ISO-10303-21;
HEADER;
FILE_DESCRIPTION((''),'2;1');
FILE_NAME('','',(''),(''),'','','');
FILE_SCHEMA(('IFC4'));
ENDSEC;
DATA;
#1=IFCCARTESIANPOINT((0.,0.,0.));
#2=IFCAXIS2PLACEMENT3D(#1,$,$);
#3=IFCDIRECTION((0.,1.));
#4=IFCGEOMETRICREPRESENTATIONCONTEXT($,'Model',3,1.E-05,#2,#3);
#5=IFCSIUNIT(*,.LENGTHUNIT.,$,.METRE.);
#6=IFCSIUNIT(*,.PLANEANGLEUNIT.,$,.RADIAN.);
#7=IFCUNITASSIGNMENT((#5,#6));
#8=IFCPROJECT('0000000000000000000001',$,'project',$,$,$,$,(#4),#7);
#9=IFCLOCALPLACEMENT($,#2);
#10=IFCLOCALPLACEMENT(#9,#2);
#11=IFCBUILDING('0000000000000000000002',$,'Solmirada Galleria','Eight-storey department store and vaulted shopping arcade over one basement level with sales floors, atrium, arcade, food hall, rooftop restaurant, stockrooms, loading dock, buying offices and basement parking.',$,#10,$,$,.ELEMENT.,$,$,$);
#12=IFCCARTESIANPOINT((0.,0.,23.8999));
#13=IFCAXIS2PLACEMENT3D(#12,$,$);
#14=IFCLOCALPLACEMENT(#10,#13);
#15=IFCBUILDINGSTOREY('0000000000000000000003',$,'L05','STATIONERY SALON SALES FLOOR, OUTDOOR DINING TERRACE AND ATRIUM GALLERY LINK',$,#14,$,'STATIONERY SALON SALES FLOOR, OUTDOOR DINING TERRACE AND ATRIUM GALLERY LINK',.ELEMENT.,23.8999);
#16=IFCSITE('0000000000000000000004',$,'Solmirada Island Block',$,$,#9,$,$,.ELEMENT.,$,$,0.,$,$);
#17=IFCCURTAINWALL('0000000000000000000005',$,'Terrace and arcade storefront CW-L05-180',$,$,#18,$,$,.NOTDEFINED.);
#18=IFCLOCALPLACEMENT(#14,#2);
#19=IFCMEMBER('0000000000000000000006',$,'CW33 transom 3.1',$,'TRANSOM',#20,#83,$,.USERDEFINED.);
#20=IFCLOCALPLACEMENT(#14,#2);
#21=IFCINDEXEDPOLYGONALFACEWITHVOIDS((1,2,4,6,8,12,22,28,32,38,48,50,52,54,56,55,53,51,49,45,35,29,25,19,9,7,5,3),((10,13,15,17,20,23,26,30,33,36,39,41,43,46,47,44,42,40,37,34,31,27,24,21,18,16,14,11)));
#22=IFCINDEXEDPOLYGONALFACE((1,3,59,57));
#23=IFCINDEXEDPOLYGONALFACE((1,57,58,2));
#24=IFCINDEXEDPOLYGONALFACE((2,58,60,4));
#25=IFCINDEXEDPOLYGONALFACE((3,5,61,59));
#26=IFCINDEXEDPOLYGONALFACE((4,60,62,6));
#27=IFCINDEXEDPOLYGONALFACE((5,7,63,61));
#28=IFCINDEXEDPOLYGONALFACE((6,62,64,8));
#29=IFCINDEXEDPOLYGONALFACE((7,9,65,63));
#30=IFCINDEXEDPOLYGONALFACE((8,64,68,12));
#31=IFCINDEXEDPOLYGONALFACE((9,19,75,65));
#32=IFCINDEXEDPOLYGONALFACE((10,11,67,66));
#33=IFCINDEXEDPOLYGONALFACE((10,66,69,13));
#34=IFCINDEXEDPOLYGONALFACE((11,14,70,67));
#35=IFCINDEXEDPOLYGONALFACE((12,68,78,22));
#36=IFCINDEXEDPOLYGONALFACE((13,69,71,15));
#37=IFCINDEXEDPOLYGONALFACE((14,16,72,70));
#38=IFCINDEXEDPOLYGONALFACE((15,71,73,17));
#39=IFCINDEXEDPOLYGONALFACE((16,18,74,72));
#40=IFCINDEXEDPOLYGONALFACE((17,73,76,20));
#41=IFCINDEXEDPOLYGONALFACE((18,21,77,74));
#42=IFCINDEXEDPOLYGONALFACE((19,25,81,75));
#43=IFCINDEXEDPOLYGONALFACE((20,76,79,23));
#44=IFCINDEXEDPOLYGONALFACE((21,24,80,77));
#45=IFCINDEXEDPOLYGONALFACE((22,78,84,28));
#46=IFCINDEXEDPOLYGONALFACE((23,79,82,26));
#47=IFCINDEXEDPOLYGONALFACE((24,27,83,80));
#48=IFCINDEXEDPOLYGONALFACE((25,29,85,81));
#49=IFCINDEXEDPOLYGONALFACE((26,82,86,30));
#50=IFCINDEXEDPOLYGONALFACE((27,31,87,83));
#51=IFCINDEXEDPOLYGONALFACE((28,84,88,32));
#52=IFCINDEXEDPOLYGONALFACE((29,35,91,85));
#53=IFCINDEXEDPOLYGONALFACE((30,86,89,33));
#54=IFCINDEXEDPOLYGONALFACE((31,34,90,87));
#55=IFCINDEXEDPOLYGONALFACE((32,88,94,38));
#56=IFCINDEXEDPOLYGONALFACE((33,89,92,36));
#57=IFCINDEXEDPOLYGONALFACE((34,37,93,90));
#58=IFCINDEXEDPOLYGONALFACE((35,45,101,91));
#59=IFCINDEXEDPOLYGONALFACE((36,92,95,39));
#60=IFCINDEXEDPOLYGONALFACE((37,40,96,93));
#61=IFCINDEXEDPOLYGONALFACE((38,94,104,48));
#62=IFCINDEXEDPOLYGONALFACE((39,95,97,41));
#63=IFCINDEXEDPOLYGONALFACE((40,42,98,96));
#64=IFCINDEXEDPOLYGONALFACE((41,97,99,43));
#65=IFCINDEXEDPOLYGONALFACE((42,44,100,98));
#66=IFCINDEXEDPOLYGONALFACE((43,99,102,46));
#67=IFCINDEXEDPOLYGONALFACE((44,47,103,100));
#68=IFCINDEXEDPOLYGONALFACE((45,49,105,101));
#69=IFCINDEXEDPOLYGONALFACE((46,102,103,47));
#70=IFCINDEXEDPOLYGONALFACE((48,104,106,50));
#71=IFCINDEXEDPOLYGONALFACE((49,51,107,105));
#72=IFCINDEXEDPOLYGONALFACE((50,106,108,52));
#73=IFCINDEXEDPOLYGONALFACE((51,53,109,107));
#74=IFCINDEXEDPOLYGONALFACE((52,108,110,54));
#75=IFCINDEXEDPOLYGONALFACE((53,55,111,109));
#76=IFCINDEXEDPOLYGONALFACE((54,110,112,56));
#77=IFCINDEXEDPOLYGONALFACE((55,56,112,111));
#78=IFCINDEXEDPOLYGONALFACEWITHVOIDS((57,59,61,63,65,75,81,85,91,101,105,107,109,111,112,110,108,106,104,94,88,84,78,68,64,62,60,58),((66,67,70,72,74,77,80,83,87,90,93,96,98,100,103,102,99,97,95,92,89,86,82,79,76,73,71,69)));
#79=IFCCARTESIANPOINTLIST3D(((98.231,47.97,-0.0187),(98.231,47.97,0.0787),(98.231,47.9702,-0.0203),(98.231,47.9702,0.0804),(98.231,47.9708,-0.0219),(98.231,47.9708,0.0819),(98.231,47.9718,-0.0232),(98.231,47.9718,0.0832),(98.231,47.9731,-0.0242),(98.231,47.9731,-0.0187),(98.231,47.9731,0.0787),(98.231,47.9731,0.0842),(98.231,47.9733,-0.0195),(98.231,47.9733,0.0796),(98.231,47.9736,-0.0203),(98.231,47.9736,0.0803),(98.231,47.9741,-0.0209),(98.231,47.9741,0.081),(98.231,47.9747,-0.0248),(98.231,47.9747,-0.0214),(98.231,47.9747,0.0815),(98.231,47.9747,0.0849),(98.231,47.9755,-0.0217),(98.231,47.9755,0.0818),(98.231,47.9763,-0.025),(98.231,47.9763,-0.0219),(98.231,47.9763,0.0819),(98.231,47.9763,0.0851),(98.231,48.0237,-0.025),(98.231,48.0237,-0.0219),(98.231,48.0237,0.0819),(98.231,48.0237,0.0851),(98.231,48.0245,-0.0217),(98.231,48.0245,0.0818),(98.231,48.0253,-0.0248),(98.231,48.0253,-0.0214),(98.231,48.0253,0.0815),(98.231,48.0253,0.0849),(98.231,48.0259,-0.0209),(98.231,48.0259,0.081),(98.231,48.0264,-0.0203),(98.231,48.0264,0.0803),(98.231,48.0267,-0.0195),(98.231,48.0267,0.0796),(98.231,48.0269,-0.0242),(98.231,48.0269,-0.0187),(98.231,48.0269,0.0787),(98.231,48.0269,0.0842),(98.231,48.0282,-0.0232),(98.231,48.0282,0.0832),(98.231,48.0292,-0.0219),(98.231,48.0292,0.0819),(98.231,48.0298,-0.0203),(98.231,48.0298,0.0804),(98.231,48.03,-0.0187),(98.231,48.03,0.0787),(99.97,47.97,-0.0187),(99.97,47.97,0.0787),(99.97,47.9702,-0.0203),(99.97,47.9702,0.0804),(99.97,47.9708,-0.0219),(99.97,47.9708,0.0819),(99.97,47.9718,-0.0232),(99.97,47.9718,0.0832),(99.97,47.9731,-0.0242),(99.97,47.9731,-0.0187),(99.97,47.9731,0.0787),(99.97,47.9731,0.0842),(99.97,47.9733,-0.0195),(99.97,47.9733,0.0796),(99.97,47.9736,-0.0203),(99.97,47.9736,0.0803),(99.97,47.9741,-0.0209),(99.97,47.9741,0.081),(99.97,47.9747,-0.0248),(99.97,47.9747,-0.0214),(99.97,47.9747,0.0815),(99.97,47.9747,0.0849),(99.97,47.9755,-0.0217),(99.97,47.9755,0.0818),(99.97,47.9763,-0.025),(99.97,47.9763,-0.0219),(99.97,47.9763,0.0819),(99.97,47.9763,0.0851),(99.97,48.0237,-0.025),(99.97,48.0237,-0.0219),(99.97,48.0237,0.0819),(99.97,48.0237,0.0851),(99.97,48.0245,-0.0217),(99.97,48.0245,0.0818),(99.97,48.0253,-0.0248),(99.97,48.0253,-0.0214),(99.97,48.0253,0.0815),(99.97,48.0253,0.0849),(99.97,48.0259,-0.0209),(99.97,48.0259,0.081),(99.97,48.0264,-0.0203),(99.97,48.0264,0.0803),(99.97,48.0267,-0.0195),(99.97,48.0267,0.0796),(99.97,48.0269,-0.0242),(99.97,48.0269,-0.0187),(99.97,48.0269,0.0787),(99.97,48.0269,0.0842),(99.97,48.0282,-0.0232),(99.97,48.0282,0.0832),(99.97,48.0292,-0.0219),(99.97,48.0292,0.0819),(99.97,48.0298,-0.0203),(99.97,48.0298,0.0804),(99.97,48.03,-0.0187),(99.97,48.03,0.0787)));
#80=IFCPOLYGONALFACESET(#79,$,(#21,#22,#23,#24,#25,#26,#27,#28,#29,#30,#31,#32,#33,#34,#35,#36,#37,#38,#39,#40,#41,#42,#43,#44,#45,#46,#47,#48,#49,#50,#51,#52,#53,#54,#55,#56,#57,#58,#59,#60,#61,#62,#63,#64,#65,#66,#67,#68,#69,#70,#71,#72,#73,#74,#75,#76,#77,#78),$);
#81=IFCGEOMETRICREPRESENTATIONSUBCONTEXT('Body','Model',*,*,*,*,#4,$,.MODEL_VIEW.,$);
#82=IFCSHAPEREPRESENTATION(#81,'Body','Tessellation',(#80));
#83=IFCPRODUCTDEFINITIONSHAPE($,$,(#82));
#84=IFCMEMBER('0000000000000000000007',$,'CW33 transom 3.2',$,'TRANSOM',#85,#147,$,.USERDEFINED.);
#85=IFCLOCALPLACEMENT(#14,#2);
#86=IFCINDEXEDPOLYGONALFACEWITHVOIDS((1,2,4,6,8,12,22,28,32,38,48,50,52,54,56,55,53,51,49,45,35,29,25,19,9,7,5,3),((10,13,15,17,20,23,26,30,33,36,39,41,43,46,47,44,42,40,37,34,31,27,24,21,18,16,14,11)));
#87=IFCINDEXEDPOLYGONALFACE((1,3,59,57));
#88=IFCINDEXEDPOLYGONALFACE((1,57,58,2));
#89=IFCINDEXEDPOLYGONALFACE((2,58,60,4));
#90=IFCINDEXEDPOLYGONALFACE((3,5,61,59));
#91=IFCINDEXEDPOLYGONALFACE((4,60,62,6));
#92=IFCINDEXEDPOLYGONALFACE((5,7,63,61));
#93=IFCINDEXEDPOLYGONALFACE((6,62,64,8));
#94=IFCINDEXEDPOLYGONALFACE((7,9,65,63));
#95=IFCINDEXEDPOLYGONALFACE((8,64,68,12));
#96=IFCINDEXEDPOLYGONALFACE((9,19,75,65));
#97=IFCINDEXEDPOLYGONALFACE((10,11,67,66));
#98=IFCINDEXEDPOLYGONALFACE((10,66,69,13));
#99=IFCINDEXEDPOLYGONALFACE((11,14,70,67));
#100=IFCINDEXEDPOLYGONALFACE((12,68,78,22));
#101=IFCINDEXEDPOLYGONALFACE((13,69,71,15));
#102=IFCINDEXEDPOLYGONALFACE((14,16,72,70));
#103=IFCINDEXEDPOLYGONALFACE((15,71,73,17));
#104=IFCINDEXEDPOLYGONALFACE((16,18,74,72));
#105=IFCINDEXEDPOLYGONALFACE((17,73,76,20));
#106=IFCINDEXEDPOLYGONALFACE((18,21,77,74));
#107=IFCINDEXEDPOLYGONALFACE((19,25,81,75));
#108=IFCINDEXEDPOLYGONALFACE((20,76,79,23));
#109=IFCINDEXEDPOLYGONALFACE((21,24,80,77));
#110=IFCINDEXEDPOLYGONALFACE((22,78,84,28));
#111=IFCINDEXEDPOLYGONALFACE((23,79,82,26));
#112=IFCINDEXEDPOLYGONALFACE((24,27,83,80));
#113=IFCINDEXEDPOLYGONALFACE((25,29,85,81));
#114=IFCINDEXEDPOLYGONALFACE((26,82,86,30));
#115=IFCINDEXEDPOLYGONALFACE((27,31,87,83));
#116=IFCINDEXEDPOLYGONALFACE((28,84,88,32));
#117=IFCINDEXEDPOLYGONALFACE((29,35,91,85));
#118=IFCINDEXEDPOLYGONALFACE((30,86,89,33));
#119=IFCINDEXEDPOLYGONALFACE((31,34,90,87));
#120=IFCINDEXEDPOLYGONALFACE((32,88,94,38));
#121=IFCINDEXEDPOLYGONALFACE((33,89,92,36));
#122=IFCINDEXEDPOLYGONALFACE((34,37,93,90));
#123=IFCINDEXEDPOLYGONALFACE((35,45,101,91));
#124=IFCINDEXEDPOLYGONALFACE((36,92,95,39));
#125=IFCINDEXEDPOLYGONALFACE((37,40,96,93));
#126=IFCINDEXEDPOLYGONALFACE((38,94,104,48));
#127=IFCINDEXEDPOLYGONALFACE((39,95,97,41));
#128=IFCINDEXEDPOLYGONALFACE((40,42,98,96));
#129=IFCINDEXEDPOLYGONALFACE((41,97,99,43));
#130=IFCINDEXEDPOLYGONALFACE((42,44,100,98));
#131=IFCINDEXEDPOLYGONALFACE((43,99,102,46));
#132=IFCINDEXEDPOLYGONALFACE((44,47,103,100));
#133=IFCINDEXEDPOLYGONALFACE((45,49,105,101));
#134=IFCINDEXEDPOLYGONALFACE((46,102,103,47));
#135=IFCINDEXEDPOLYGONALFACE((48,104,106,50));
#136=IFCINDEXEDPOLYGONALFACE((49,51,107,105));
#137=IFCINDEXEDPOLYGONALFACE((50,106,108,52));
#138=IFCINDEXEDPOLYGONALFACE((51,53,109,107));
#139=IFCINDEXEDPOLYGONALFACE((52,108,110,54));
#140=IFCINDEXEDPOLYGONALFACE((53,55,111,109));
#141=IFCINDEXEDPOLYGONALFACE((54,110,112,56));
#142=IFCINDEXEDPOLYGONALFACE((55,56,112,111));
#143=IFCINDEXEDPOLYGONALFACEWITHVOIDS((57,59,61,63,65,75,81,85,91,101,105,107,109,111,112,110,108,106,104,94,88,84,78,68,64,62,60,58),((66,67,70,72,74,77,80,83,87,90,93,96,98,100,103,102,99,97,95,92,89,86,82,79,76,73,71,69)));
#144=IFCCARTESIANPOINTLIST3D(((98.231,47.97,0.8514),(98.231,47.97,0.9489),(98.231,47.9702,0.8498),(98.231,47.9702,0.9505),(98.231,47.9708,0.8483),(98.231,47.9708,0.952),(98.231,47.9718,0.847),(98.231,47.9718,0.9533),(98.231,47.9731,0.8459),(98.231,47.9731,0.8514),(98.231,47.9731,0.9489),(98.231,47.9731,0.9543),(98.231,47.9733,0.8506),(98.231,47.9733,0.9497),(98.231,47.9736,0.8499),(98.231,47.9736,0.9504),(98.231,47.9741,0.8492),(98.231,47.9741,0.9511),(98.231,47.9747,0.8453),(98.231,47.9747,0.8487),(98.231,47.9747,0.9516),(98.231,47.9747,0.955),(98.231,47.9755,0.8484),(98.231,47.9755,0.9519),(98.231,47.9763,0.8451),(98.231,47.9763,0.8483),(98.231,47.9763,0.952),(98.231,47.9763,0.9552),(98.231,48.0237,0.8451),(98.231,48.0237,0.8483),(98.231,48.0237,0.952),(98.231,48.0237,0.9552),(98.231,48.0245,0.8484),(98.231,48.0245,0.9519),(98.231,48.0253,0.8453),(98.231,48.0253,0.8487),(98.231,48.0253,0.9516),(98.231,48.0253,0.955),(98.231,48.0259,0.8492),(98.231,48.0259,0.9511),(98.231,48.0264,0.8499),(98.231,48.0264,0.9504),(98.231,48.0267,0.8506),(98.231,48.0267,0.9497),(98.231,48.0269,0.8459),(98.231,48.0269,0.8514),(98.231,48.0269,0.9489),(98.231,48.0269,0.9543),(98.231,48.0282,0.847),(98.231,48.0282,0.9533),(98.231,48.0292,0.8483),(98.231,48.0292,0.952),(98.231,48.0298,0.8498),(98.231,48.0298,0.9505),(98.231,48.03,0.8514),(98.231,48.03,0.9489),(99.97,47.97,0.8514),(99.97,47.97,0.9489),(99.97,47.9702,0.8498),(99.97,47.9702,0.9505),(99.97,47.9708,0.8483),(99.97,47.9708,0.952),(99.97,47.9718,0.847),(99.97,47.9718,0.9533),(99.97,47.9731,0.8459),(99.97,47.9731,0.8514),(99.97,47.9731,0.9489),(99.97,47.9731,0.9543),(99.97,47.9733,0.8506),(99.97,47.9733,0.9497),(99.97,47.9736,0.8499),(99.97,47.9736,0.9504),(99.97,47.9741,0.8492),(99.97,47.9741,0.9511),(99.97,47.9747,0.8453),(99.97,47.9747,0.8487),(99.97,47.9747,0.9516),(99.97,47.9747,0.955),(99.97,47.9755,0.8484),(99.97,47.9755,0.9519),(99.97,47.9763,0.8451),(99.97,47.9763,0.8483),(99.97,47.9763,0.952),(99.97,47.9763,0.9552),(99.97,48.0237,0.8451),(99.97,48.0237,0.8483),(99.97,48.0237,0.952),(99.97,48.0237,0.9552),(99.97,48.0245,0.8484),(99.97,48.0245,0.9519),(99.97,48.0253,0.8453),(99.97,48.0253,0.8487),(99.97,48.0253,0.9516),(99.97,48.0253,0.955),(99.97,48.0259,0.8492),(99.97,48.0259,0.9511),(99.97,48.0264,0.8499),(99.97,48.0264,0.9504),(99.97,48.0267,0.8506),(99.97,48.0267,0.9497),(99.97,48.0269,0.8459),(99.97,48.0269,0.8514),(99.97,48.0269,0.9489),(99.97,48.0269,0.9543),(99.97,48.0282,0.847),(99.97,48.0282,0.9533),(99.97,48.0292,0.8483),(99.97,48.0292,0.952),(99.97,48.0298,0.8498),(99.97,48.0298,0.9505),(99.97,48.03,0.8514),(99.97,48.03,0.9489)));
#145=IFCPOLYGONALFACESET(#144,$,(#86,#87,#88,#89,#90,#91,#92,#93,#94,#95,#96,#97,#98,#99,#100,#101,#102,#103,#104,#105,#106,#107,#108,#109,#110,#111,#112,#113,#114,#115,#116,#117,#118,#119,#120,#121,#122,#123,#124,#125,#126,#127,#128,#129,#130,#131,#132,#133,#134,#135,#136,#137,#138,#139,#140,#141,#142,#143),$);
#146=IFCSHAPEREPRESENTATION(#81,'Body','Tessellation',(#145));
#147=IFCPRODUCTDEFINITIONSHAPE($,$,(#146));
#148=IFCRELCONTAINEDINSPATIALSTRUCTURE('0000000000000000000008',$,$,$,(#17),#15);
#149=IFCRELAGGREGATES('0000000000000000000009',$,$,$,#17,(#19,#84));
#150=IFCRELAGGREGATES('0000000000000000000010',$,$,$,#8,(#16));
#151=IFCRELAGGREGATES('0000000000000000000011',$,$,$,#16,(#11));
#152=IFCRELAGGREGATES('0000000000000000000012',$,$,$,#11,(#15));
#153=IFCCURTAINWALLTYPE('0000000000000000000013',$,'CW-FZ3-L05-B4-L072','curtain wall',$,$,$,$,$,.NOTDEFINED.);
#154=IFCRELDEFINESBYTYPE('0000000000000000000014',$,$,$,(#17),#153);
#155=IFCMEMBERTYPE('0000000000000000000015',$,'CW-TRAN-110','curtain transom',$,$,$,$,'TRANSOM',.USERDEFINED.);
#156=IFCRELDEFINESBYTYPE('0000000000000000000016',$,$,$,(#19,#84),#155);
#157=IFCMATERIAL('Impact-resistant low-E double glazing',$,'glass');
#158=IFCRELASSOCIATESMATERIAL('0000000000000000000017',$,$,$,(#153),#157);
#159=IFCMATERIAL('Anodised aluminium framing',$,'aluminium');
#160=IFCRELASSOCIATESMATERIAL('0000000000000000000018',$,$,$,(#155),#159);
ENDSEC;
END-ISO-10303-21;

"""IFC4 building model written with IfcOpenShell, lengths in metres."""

from ifc_helpers import new_model, si_unit, direction, frame, origin, origin_2d, place, context, subcontext, project, spatial, hollow_rectangle, extrude, material, material_profile, profile_set, type_object, element, aggregate, save


model = new_model("IFC4")

# Units and contexts
model_context = context("Model", 3, precision=1e-05, world=origin(), true_north=direction((0.0, 1.0)))
body_context = subcontext(model_context, "Body", "Model", "MODEL_VIEW")
ifc_project = project(units=[si_unit("LENGTHUNIT", "METRE"), si_unit("PLANEANGLEUNIT", "RADIAN")], contexts=[model_context])

# Site, building, storey
site_placement = place(None, origin())
site = spatial("IfcSite", under=ifc_project, at=site_placement, Name="Solmirada Island Block", CompositionType="ELEMENT", RefElevation=0.0)
building_placement = place(site_placement, origin())
building = spatial("IfcBuilding", under=site, at=building_placement, Name="Solmirada Galleria", Description="Eight-storey department store and vaulted shopping arcade over one basement level with sales floors, atrium, arcade, food hall, rooftop restaurant, stockrooms, loading dock, buying offices and basement parking.", CompositionType="ELEMENT")
storey_placement = place(building_placement, frame((0.0, 0.0, 23.8999)))
storey = spatial("IfcBuildingStorey", under=building, at=storey_placement, Name="L05", Description="STATIONERY SALON SALES FLOOR, OUTDOOR DINING TERRACE AND ATRIUM GALLERY LINK", LongName="STATIONERY SALON SALES FLOOR, OUTDOOR DINING TERRACE AND ATRIUM GALLERY LINK", CompositionType="ELEMENT", Elevation=23.8999)

# Curtain wall, members
ifc_material_1 = material(Name="Impact-resistant low-E double glazing", Category="glass")
curtain_wall_type = type_object("IfcCurtainWallType", Name="CW-FZ3-L05-B4-L072", Description="curtain wall", PredefinedType="NOTDEFINED", material=ifc_material_1)
curtain_wall_placement = place(storey_placement, origin())
curtain_wall = element("IfcCurtainWall", 1, at=curtain_wall_placement, inside=storey, type_object=curtain_wall_type, Name="Terrace and arcade storefront CW-L05-180", PredefinedType="NOTDEFINED")
ifc_material_2 = material(Name="Anodised aluminium framing", Category="aluminium")
ifc_material_profile_1 = material_profile(ifc_material_2, hollow_rectangle(XDim=0.0601, YDim=0.1101, WallThickness=0.0032, InnerFilletRadius=0.0032, OuterFilletRadius=0.0063, at=origin_2d()), Name="ALU-TRAN-110X60")
ifc_profile_set_1 = profile_set([ifc_material_profile_1], Name="Anodised aluminium framing")
member_type_1 = type_object("IfcMemberType", Name="CW-TRAN-110", Description="curtain transom", ElementType="TRANSOM", PredefinedType="USERDEFINED", material=ifc_profile_set_1)
member_1_placement = place(storey_placement, frame((99.97, 48.0, 0.03), z_axis=(-1.0, 0.0, 0.0), x_axis=(0.0, -1.0, 0.0)))
member_1 = element("IfcMember", 2, at=member_1_placement, type_object=member_type_1, Name="CW33 transom 3.1", ObjectType="TRANSOM", PredefinedType="USERDEFINED", context=body_context, shape_type="SweptSolid", body=[
    extrude(hollow_rectangle(XDim=0.0601, YDim=0.1101, WallThickness=0.0032, InnerFilletRadius=0.0032, OuterFilletRadius=0.0063, at=origin_2d()), origin(), (0.0, 0.0, 1.0), 1.739),
])
member_2_placement = place(storey_placement, frame((99.97, 48.0, 0.9001), z_axis=(-1.0, 0.0, 0.0), x_axis=(0.0, -1.0, 0.0)))
member_2 = element("IfcMember", 3, at=member_2_placement, type_object=member_type_1, Name="CW33 transom 3.2", ObjectType="TRANSOM", PredefinedType="USERDEFINED", context=body_context, shape_type="SweptSolid", body=[
    extrude(hollow_rectangle(XDim=0.0601, YDim=0.1101, WallThickness=0.0032, InnerFilletRadius=0.0032, OuterFilletRadius=0.0063, at=origin_2d()), origin(), (0.0, 0.0, 1.0), 1.739),
])
aggregate(curtain_wall, [member_1, member_2])

save(model, "model.ifc")
